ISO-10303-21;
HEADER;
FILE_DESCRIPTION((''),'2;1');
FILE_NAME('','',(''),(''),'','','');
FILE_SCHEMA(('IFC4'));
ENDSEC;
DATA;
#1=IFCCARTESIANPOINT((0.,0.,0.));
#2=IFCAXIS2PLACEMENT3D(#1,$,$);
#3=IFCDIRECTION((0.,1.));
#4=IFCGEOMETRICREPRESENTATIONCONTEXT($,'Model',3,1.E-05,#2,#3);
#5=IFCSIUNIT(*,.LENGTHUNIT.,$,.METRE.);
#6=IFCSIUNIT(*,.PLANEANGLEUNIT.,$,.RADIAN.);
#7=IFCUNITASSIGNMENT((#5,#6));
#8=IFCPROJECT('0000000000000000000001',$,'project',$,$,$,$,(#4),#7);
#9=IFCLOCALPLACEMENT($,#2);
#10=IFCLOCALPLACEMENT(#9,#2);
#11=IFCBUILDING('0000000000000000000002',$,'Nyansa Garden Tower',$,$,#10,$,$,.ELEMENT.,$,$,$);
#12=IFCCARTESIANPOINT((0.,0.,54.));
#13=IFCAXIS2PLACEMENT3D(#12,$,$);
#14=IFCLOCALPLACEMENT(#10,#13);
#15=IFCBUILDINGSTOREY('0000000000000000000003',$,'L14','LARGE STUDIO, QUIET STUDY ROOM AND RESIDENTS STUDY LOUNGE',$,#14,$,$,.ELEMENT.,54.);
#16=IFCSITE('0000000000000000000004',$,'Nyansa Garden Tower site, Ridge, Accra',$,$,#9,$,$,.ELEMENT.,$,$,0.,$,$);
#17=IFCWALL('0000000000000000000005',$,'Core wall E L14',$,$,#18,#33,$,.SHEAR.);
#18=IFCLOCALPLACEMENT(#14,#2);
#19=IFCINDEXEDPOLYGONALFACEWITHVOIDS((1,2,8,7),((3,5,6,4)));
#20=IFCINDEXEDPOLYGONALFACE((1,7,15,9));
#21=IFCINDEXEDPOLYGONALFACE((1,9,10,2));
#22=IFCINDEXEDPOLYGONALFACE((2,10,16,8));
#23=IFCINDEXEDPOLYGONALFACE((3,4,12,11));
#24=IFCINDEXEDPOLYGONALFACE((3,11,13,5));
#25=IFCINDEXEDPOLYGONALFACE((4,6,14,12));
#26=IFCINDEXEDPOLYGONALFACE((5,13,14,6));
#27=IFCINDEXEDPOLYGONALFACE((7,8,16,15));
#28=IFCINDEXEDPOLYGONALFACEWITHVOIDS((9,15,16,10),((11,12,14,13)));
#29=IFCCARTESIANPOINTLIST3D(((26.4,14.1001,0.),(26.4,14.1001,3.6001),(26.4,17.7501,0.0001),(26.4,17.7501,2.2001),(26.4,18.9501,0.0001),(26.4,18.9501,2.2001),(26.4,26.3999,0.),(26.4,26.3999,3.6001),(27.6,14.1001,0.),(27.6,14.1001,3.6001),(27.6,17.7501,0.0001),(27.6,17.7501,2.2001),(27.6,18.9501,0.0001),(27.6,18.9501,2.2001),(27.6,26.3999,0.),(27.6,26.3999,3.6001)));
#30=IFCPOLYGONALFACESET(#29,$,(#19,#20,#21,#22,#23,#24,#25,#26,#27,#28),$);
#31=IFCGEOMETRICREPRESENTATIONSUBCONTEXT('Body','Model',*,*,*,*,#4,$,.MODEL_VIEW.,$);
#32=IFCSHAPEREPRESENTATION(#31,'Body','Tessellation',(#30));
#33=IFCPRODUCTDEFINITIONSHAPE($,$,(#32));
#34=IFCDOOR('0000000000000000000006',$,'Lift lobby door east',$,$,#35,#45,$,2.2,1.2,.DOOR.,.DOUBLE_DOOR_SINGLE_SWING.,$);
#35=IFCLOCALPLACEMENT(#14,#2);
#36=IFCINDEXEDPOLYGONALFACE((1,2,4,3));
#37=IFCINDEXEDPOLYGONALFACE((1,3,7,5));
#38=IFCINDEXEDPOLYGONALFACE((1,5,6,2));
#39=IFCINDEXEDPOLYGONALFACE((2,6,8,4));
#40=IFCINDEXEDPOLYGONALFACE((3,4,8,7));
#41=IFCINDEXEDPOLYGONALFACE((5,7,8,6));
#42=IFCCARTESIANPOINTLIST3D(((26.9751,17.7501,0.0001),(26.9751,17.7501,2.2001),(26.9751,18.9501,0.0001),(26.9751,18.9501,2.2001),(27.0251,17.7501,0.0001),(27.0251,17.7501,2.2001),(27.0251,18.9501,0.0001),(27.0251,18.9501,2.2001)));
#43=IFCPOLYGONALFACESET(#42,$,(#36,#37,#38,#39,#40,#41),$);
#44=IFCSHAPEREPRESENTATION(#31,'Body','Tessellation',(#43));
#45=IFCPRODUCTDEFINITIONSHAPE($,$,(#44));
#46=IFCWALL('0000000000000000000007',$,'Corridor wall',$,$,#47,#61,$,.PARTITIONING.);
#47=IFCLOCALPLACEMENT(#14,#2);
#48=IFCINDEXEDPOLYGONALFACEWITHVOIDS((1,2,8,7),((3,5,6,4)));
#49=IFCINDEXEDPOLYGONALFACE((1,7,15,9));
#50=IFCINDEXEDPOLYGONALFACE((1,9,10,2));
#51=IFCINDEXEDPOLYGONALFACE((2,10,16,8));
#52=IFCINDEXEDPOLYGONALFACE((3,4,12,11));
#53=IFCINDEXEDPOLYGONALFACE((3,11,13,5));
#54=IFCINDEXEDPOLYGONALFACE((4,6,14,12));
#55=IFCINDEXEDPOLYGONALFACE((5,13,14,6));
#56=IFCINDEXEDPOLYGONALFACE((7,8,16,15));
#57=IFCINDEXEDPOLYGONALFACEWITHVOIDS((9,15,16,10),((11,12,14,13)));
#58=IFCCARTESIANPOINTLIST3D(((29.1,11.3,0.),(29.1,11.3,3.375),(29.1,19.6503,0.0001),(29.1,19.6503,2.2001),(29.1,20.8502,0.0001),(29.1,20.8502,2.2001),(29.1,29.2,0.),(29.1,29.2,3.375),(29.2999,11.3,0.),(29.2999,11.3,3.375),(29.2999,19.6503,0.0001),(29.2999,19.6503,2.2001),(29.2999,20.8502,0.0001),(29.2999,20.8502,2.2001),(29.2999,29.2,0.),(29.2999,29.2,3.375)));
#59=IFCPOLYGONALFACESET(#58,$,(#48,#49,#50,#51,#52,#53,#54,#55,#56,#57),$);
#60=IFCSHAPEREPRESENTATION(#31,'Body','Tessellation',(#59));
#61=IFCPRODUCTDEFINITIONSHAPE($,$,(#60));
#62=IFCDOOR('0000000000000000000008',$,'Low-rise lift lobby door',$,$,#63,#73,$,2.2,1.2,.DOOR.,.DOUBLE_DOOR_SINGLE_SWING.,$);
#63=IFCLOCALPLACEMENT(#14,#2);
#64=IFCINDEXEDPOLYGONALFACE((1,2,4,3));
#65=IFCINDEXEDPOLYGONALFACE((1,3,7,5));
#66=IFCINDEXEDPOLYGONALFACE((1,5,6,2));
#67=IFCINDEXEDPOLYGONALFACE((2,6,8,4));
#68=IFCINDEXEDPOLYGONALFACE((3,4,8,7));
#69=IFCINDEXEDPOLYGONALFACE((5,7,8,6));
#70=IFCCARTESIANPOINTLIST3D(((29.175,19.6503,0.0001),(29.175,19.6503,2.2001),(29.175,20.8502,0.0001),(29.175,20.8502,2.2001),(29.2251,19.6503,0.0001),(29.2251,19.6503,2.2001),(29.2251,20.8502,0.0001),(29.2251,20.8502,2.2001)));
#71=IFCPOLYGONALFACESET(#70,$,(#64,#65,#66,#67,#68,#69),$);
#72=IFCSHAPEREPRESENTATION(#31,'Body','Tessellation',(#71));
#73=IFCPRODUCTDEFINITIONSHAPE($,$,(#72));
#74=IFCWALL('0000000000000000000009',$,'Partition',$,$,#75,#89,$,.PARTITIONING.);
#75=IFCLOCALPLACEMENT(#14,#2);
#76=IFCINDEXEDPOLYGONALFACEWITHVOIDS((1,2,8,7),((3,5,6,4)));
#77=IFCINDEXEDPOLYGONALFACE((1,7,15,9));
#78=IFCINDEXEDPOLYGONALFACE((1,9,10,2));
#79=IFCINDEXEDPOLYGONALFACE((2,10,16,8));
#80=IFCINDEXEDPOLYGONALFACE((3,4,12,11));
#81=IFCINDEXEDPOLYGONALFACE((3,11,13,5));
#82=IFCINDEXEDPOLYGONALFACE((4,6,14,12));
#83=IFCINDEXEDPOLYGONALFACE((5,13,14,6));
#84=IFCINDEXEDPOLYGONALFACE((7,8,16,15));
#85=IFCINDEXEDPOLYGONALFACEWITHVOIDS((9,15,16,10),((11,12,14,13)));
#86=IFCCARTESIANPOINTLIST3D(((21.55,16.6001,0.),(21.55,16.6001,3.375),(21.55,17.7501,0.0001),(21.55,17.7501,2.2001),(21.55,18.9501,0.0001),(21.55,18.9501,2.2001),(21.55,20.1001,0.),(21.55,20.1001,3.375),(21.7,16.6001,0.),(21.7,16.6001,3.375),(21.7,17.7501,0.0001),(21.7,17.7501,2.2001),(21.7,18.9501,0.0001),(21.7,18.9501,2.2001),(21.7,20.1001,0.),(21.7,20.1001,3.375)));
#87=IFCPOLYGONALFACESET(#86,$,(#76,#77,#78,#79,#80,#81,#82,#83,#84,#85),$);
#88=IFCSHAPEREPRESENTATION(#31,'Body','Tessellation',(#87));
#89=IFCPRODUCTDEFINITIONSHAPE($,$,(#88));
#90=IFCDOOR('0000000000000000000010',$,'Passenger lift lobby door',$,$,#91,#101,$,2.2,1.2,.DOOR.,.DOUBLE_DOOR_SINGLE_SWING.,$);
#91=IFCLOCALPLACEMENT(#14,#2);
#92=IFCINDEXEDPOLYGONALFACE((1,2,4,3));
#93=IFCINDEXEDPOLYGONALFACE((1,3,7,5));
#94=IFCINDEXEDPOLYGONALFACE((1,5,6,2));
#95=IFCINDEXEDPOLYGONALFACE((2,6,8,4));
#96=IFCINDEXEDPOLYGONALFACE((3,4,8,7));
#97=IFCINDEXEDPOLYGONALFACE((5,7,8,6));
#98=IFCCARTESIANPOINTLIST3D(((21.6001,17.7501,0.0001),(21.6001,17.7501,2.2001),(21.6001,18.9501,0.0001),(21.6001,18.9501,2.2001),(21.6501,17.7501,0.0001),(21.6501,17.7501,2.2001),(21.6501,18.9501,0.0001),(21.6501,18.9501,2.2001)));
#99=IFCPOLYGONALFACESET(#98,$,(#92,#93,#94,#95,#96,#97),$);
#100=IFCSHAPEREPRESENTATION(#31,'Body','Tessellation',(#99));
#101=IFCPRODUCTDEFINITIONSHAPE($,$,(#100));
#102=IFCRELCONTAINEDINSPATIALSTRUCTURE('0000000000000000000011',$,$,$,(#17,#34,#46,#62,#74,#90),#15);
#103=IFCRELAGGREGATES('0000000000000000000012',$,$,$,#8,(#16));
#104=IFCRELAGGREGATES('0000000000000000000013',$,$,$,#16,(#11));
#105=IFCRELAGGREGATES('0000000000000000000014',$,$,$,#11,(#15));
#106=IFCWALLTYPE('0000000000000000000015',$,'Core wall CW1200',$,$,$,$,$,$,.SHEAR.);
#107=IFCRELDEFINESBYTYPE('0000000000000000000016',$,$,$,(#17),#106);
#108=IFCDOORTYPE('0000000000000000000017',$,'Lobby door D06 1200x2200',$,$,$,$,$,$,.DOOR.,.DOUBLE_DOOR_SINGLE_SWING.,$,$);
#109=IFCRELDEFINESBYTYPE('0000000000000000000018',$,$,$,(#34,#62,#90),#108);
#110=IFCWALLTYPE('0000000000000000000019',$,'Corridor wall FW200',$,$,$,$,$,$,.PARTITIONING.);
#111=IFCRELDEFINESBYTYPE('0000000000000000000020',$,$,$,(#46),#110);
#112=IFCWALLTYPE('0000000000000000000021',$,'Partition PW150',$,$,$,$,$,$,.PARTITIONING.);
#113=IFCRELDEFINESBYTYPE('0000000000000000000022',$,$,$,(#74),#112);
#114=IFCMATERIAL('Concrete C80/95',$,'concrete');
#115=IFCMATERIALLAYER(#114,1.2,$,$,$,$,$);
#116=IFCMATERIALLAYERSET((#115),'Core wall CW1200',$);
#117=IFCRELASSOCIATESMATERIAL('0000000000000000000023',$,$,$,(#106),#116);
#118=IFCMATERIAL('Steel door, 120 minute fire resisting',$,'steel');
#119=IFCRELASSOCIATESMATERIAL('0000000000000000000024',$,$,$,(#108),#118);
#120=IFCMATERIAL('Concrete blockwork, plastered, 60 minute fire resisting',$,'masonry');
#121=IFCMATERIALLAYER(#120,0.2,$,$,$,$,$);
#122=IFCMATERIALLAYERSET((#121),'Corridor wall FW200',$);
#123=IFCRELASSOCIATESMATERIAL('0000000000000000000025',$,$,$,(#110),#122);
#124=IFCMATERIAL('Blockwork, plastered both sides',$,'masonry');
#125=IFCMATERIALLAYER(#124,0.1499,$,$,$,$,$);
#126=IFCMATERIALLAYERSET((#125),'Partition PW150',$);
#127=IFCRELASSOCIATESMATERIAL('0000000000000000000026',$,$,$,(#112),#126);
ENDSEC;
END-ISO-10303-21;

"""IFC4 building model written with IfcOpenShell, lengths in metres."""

from ifc_helpers import new_model, si_unit, direction, frame, frame_2d, origin, place, context, subcontext, project, spatial, rectangle, extrude, material, layer, layer_set, type_object, element, fill, save


model = new_model("IFC4")

# Units and contexts
model_context = context("Model", 3, precision=1e-05, world=origin(), true_north=direction((0.0, 1.0)))
body_context = subcontext(model_context, "Body", "Model", "MODEL_VIEW")
ifc_project = project(units=[si_unit("LENGTHUNIT", "METRE"), si_unit("PLANEANGLEUNIT", "RADIAN")], contexts=[model_context])

# Site, building, storey
site_placement = place(None, origin())
site = spatial("IfcSite", under=ifc_project, at=site_placement, Name="Nyansa Garden Tower site, Ridge, Accra", CompositionType="ELEMENT", RefElevation=0.0)
building_placement = place(site_placement, origin())
building = spatial("IfcBuilding", under=site, at=building_placement, Name="Nyansa Garden Tower", CompositionType="ELEMENT")
storey_placement = place(building_placement, frame((0.0, 0.0, 54.0)))
storey = spatial("IfcBuildingStorey", under=building, at=storey_placement, Name="L14", Description="LARGE STUDIO, QUIET STUDY ROOM AND RESIDENTS STUDY LOUNGE", CompositionType="ELEMENT", Elevation=54.0)

# Walls, openings, doors
ifc_material_1 = material(Name="Concrete C80/95", Category="concrete")
ifc_layer_1 = layer(ifc_material_1, 1.2)
ifc_layer_set_1 = layer_set([ifc_layer_1], Name="Core wall CW1200")
wall_type_1 = type_object("IfcWallType", Name="Core wall CW1200", PredefinedType="SHEAR", material=ifc_layer_set_1)
wall_1_placement = place(storey_placement, frame((27.0, 14.1001, 0.0), z_axis=(0.0, 0.0, 1.0), x_axis=(0.0, 1.0, 0.0)))
wall_1 = element("IfcWall", 1, at=wall_1_placement, inside=storey, type_object=wall_type_1, Name="Core wall E L14", PredefinedType="SHEAR", context=body_context, shape_type="SweptSolid", body=[
    extrude(rectangle(XDim=12.2998, YDim=1.2, at=frame_2d((6.1499, 0.0))), origin(), (0.0, 0.0, 1.0), 3.6001),
])
opening_1_placement = place(wall_1_placement, frame((3.6499, 0.0, 0.0)))
opening_1 = element("IfcOpeningElement", 2, at=opening_1_placement, cuts=wall_1, PredefinedType="OPENING", context=body_context, shape_type="SweptSolid", body=[
    extrude(rectangle(XDim=1.2, YDim=2.2, at=frame_2d((0.6001, 1.1001))), frame((0.0, 0.6099, 0.0), z_axis=(0.0, -1.0, 0.0), x_axis=(1.0, 0.0, 0.0)), (0.0, 0.0, 1.0), 1.22),
])
ifc_material_2 = material(Name="Steel door, 120 minute fire resisting", Category="steel")
door_type = type_object("IfcDoorType", Name="Lobby door D06 1200x2200", OperationType="DOUBLE_DOOR_SINGLE_SWING", PredefinedType="DOOR", material=ifc_material_2)
door_1_placement = place(opening_1_placement, origin())
door_1 = element("IfcDoor", 3, at=door_1_placement, inside=storey, type_object=door_type, Name="Lift lobby door east", OperationType="DOUBLE_DOOR_SINGLE_SWING", OverallHeight=2.2, OverallWidth=1.2, PredefinedType="DOOR", context=body_context, shape_type="SweptSolid", body=[
    extrude(rectangle(XDim=1.2, YDim=2.2, at=frame_2d((0.6001, 1.1001))), frame((0.0, 0.0249, 0.0), z_axis=(0.0, -1.0, 0.0), x_axis=(1.0, 0.0, 0.0)), (0.0, 0.0, 1.0), 0.05),
])
fill(opening_1, door_1)
ifc_material_3 = material(Name="Concrete blockwork, plastered, 60 minute fire resisting", Category="masonry")
ifc_layer_2 = layer(ifc_material_3, 0.2)
ifc_layer_set_2 = layer_set([ifc_layer_2], Name="Corridor wall FW200")
wall_type_2 = type_object("IfcWallType", Name="Corridor wall FW200", PredefinedType="PARTITIONING", material=ifc_layer_set_2)
wall_2_placement = place(storey_placement, frame((29.2, 11.3, 0.0), z_axis=(0.0, 0.0, 1.0), x_axis=(0.0, 1.0, 0.0)))
wall_2 = element("IfcWall", 4, at=wall_2_placement, inside=storey, type_object=wall_type_2, Name="Corridor wall", PredefinedType="PARTITIONING", context=body_context, shape_type="SweptSolid", body=[
    extrude(rectangle(XDim=17.8999, YDim=0.2, at=frame_2d((8.95, 0.0))), origin(), (0.0, 0.0, 1.0), 3.375),
])
opening_2_placement = place(wall_2_placement, frame((8.3501, 0.0, 0.0)))
opening_2 = element("IfcOpeningElement", 5, at=opening_2_placement, cuts=wall_2, PredefinedType="OPENING", context=body_context, shape_type="SweptSolid", body=[
    extrude(rectangle(XDim=1.2, YDim=2.2, at=frame_2d((0.6001, 1.1001))), frame((0.0, 0.1099, 0.0), z_axis=(0.0, -1.0, 0.0), x_axis=(1.0, 0.0, 0.0)), (0.0, 0.0, 1.0), 0.22),
])
door_2_placement = place(opening_2_placement, origin())
door_2 = element("IfcDoor", 6, at=door_2_placement, inside=storey, type_object=door_type, Name="Low-rise lift lobby door", OperationType="DOUBLE_DOOR_SINGLE_SWING", OverallHeight=2.2, OverallWidth=1.2, PredefinedType="DOOR", context=body_context, shape_type="SweptSolid", body=[
    extrude(rectangle(XDim=1.2, YDim=2.2, at=frame_2d((0.6001, 1.1001))), frame((0.0, 0.0249, 0.0), z_axis=(0.0, -1.0, 0.0), x_axis=(1.0, 0.0, 0.0)), (0.0, 0.0, 1.0), 0.05),
])
fill(opening_2, door_2)
ifc_material_4 = material(Name="Blockwork, plastered both sides", Category="masonry")
ifc_layer_3 = layer(ifc_material_4, 0.1499)
ifc_layer_set_3 = layer_set([ifc_layer_3], Name="Partition PW150")
wall_type_3 = type_object("IfcWallType", Name="Partition PW150", PredefinedType="PARTITIONING", material=ifc_layer_set_3)
wall_3_placement = place(storey_placement, frame((21.625, 16.6001, 0.0), z_axis=(0.0, 0.0, 1.0), x_axis=(0.0, 1.0, 0.0)))
wall_3 = element("IfcWall", 7, at=wall_3_placement, inside=storey, type_object=wall_type_3, Name="Partition", PredefinedType="PARTITIONING", context=body_context, shape_type="SweptSolid", body=[
    extrude(rectangle(XDim=3.5, YDim=0.1499, at=frame_2d((1.75, 0.0))), origin(), (0.0, 0.0, 1.0), 3.375),
])
opening_3_placement = place(wall_3_placement, frame((1.1499, 0.0, 0.0)))
opening_3 = element("IfcOpeningElement", 8, at=opening_3_placement, cuts=wall_3, PredefinedType="OPENING", context=body_context, shape_type="SweptSolid", body=[
    extrude(rectangle(XDim=1.2, YDim=2.2, at=frame_2d((0.6001, 1.1001))), frame((0.0, 0.085, 0.0), z_axis=(0.0, -1.0, 0.0), x_axis=(1.0, 0.0, 0.0)), (0.0, 0.0, 1.0), 0.1699),
])
door_3_placement = place(opening_3_placement, origin())
door_3 = element("IfcDoor", 9, at=door_3_placement, inside=storey, type_object=door_type, Name="Passenger lift lobby door", OperationType="DOUBLE_DOOR_SINGLE_SWING", OverallHeight=2.2, OverallWidth=1.2, PredefinedType="DOOR", context=body_context, shape_type="SweptSolid", body=[
    extrude(rectangle(XDim=1.2, YDim=2.2, at=frame_2d((0.6001, 1.1001))), frame((0.0, 0.0249, 0.0), z_axis=(0.0, -1.0, 0.0), x_axis=(1.0, 0.0, 0.0)), (0.0, 0.0, 1.0), 0.05),
])
fill(opening_3, door_3)

save(model, "model.ifc")
